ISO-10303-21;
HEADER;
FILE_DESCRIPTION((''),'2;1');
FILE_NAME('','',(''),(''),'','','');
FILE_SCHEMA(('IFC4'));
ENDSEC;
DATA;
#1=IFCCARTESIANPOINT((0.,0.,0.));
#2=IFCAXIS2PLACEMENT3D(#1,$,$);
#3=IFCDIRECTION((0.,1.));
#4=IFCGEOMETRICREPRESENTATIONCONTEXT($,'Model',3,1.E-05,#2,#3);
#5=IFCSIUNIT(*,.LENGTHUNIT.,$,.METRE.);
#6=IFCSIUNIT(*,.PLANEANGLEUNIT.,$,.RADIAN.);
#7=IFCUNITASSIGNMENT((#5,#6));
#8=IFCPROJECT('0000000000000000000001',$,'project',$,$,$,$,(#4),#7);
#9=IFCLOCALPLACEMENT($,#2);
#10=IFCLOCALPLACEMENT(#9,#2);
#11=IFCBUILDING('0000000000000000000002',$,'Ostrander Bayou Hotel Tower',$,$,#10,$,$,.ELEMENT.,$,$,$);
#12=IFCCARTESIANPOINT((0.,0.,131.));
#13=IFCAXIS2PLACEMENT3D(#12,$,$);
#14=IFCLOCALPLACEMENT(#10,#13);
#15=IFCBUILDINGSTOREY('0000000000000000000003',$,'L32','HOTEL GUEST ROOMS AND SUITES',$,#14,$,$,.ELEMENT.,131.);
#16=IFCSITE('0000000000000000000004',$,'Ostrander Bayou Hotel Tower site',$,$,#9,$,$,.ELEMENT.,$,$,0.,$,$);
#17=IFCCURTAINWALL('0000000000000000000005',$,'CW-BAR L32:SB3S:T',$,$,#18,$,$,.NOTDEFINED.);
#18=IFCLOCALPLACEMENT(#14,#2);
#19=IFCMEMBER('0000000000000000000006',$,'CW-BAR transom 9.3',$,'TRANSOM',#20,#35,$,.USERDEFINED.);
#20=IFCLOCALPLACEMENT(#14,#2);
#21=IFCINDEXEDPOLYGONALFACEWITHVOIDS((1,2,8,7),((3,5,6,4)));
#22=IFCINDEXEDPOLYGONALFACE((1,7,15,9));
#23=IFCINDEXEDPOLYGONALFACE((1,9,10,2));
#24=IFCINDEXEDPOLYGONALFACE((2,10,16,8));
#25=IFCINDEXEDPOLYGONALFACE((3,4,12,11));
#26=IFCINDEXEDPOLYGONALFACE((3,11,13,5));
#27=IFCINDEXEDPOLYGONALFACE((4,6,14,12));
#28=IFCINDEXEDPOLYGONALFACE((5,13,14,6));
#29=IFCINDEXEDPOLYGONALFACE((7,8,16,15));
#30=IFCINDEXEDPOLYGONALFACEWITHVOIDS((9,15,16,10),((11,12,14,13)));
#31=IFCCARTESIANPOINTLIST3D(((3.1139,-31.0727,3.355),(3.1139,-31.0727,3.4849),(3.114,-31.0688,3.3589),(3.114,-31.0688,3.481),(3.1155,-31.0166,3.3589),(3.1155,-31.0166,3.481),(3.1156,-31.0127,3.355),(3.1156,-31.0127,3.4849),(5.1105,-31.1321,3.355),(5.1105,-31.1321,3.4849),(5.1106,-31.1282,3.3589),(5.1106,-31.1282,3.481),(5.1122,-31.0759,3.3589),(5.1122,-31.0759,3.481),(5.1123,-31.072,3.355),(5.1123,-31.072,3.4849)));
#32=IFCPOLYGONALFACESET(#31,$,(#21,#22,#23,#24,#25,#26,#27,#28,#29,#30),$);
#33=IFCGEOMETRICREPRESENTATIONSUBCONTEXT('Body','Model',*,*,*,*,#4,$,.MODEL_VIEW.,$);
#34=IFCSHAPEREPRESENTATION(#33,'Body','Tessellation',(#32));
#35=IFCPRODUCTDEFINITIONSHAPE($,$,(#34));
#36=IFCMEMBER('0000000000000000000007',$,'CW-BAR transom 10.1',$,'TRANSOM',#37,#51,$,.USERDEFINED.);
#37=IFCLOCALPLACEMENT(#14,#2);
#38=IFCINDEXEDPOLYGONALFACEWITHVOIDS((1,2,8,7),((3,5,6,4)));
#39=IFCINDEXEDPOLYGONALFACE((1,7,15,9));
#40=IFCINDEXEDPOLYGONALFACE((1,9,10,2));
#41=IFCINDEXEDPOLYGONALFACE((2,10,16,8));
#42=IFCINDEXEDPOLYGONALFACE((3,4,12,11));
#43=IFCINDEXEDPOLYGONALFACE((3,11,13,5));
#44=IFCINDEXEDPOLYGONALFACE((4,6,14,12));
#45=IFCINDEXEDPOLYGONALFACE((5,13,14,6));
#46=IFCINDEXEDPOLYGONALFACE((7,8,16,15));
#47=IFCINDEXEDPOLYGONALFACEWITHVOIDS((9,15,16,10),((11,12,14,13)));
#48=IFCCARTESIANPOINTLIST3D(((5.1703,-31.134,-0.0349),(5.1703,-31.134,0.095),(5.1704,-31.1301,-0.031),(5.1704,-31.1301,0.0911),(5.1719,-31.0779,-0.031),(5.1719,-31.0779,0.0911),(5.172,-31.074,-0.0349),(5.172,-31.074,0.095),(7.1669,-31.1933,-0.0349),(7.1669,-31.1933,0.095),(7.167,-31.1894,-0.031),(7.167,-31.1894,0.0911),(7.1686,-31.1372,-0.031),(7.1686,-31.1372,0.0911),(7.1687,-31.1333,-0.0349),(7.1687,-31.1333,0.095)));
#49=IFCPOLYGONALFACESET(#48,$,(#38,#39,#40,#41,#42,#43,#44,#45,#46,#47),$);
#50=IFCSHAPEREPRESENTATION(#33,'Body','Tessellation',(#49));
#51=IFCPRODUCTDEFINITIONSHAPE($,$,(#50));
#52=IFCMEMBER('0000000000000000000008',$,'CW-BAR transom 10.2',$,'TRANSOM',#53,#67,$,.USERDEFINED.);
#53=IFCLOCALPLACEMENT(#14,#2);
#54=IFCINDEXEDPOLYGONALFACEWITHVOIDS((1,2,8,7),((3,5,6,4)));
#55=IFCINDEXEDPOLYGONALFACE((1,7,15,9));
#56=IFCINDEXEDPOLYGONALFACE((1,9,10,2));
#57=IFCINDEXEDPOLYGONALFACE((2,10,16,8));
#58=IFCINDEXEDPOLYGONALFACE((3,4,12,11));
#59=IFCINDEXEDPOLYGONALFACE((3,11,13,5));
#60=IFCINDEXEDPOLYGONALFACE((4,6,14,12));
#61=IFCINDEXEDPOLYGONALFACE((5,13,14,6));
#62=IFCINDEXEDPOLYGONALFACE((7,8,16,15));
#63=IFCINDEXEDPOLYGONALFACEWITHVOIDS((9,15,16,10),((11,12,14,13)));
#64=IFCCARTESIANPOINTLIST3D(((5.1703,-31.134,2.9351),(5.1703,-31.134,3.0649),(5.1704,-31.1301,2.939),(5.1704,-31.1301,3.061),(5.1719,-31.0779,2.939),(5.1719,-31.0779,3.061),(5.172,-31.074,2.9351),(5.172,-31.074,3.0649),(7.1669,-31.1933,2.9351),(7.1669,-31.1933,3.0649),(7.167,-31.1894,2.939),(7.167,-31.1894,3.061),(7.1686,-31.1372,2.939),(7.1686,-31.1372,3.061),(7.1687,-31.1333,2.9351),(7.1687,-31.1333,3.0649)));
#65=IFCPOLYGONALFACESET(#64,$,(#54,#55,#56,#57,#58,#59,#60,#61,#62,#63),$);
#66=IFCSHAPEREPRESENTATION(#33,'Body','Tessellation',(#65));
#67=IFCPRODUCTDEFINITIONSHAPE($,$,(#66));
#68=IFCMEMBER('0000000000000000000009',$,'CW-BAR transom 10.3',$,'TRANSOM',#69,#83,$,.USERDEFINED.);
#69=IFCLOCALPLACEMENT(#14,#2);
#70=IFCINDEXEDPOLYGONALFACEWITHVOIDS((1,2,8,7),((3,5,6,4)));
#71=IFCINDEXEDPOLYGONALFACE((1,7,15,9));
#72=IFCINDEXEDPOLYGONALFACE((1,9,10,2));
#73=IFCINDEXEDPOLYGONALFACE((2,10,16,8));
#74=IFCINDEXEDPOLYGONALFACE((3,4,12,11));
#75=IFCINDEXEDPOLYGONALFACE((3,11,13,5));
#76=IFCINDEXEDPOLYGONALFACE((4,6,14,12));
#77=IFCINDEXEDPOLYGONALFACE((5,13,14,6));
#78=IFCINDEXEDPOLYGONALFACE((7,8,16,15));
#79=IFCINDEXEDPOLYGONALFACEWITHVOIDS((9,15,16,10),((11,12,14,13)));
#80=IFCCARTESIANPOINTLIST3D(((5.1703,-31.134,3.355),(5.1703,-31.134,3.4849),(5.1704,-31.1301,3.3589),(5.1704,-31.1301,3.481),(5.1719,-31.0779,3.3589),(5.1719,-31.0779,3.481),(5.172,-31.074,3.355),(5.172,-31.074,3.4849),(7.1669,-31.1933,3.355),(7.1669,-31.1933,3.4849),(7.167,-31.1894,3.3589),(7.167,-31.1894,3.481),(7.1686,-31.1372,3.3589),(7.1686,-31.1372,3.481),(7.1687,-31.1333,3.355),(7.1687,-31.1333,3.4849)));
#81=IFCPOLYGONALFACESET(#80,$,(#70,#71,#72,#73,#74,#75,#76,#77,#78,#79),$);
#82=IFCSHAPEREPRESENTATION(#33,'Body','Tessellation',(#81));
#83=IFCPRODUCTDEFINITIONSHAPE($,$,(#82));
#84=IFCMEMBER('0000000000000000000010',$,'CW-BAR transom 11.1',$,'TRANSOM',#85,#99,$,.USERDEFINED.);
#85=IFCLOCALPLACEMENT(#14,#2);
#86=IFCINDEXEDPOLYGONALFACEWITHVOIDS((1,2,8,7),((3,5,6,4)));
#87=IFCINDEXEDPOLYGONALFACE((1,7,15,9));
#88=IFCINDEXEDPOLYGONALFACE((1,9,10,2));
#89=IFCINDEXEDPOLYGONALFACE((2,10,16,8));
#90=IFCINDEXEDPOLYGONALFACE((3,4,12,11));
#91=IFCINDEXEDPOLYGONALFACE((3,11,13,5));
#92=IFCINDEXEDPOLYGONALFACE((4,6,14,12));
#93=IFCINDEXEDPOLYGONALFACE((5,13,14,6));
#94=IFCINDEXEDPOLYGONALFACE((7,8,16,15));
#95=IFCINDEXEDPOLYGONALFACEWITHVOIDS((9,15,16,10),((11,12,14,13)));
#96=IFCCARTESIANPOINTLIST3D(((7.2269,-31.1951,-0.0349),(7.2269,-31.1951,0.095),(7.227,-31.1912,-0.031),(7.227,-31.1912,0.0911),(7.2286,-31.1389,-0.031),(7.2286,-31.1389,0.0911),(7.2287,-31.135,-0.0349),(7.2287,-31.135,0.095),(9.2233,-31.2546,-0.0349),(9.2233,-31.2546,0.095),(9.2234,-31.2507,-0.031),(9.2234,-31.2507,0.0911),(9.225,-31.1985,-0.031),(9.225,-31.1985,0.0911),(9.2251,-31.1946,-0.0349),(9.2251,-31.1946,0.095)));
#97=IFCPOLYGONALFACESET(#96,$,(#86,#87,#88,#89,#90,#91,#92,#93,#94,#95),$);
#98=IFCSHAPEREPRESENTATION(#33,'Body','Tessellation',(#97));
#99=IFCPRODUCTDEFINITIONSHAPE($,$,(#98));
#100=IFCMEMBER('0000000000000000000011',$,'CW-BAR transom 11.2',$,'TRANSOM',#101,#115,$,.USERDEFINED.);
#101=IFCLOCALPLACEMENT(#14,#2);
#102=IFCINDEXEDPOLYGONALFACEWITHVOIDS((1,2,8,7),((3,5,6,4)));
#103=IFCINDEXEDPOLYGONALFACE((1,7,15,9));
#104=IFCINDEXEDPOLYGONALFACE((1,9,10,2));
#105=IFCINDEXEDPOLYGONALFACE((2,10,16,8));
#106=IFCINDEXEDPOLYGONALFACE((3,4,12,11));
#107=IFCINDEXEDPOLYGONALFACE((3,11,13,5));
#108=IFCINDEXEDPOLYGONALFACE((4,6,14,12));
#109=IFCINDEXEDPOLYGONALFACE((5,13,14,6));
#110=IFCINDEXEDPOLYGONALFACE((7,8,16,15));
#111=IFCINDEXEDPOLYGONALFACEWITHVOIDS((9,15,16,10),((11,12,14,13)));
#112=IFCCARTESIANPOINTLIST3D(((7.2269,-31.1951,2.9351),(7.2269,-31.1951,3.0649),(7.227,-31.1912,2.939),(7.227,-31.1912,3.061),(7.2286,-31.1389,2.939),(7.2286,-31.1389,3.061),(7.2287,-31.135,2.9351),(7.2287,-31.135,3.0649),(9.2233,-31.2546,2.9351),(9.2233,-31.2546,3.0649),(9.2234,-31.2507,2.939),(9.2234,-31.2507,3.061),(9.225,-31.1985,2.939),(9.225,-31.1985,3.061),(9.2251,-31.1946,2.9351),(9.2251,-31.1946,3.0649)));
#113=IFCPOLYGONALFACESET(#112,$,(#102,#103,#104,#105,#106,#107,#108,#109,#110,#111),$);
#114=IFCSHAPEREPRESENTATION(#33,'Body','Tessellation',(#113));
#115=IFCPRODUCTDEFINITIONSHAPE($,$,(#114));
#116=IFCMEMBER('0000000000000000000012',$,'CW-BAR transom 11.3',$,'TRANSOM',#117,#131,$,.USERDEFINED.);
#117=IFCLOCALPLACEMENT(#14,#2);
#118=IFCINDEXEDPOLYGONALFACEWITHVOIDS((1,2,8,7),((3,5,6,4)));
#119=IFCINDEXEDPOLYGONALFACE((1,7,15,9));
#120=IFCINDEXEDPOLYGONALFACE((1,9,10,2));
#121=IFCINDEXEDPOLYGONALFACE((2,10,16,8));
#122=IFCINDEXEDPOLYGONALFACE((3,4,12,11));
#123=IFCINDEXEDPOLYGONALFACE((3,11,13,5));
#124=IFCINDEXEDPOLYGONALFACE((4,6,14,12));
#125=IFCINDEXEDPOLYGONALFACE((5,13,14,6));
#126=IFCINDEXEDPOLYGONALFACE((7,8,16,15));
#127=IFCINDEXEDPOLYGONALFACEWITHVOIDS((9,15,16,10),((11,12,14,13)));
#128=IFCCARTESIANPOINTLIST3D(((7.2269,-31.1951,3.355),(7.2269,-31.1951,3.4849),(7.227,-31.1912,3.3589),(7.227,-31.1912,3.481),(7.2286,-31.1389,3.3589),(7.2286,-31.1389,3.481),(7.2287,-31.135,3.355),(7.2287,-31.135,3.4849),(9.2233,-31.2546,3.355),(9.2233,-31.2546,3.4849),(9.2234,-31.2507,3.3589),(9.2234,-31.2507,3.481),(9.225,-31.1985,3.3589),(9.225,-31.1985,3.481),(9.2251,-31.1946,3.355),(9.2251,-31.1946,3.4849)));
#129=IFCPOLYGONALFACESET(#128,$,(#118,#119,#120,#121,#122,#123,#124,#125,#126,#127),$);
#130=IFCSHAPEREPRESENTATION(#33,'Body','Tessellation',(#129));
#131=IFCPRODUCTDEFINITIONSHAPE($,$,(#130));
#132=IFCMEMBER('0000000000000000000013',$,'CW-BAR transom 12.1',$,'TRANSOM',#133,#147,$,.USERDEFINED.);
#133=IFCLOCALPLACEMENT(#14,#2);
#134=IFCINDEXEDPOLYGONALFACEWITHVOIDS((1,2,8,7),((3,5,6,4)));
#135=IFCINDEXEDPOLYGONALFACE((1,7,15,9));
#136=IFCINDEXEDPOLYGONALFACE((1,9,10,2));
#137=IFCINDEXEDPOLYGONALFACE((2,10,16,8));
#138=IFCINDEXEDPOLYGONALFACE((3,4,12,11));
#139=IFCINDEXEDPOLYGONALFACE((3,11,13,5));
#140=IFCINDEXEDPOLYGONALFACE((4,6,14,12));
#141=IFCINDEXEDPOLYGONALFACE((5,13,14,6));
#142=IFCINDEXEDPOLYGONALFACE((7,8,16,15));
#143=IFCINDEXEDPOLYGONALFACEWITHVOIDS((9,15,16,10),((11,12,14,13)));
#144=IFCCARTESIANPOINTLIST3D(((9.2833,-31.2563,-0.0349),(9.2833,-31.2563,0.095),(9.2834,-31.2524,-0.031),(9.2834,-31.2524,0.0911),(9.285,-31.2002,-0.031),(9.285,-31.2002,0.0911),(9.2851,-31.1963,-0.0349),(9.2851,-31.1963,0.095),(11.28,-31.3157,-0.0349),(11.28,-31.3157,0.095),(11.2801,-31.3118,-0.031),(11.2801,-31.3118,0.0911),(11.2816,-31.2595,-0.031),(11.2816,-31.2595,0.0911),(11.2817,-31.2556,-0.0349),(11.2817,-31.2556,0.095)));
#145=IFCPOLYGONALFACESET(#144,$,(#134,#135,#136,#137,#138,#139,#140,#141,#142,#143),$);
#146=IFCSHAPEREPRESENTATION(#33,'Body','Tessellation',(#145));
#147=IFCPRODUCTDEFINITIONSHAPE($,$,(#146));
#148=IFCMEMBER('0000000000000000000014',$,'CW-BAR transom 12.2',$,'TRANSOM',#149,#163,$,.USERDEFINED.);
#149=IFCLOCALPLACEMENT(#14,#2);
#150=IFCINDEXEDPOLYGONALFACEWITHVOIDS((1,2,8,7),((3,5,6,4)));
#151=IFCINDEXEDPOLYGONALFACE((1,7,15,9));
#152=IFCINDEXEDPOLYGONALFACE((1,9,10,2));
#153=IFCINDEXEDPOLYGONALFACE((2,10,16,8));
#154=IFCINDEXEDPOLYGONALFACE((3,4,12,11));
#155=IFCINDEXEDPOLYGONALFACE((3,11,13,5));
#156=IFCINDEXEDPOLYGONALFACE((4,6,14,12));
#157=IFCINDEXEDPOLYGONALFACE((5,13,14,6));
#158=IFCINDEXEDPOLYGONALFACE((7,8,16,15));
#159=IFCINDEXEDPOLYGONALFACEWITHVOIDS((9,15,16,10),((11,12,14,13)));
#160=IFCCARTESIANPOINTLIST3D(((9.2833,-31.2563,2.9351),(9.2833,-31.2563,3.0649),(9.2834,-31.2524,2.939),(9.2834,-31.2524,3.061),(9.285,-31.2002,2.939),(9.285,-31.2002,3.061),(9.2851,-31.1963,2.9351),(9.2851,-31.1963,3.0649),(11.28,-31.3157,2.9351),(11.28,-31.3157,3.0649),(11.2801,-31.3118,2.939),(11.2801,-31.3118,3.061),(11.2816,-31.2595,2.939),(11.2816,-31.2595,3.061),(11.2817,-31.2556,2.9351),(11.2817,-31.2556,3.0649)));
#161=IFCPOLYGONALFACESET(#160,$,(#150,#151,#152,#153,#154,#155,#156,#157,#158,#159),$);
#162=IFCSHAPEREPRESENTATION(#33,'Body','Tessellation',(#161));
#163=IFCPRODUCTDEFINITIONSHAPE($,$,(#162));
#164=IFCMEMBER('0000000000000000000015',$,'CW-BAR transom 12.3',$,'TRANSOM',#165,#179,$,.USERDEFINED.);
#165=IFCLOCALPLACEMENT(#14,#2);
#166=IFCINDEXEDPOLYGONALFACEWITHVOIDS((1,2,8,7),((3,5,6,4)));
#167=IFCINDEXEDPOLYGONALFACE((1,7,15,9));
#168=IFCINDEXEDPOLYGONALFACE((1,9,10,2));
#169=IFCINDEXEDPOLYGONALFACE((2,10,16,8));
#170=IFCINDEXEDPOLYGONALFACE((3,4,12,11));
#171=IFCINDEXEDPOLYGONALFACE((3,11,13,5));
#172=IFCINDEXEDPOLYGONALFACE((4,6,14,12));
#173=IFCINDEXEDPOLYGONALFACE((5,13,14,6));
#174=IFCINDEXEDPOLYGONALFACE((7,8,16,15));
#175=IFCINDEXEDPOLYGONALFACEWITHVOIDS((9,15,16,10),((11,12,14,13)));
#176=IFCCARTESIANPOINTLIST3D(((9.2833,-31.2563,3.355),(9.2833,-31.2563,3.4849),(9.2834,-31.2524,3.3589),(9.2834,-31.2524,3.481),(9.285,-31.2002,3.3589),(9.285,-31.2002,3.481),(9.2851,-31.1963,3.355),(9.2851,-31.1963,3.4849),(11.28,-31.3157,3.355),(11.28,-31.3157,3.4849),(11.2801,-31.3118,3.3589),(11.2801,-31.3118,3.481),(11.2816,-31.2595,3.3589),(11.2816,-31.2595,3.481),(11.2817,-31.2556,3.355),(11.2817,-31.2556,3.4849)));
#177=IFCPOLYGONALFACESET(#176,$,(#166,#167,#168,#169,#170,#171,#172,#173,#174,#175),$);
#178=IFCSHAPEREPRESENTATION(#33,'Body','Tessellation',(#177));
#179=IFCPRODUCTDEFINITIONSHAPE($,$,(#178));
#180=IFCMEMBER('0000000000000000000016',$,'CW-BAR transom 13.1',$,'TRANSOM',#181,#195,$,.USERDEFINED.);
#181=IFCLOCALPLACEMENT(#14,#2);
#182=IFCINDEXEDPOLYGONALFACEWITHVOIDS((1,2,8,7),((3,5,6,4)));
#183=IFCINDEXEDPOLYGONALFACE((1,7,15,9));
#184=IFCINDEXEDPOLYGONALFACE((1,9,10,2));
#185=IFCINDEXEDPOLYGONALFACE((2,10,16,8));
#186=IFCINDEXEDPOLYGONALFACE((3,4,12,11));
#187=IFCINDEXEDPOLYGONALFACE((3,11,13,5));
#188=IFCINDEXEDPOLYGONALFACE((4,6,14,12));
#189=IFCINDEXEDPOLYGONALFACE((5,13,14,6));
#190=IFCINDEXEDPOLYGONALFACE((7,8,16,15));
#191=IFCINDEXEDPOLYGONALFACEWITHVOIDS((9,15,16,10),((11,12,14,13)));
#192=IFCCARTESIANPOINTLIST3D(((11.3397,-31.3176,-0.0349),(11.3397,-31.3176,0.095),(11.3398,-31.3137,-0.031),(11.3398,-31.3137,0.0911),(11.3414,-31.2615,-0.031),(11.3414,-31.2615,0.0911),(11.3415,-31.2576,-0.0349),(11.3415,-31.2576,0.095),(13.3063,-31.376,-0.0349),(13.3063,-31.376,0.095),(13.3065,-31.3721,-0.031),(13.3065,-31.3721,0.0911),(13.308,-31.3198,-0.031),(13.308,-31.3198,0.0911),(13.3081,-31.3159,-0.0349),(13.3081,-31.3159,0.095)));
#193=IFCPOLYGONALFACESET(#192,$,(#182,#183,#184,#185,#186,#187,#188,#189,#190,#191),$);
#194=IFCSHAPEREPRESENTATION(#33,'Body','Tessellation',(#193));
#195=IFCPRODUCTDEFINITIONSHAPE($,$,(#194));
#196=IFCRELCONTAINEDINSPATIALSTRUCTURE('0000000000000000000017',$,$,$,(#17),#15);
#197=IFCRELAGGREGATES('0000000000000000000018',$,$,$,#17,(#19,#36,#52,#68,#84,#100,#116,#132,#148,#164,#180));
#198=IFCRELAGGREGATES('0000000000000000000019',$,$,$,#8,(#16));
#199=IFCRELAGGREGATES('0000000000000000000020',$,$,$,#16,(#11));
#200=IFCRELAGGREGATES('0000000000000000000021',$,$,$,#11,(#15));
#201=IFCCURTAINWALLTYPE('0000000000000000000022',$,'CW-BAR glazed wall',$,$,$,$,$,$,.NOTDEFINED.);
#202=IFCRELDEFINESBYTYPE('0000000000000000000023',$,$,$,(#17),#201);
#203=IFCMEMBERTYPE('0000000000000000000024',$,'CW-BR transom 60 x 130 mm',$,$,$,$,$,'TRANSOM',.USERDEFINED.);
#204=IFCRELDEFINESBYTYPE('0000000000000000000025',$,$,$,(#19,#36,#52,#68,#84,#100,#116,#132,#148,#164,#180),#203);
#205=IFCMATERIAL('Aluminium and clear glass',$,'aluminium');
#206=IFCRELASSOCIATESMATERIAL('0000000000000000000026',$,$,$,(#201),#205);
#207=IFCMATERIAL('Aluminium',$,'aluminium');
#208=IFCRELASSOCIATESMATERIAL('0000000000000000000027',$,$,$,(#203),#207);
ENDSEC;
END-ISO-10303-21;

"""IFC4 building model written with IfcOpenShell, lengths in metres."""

from ifc_helpers import new_model, si_unit, direction, frame, origin, origin_2d, place, context, subcontext, project, spatial, hollow_rectangle, extrude, material, material_profile, profile_set, type_object, element, aggregate, save


model = new_model("IFC4")

# Units and contexts
model_context = context("Model", 3, precision=1e-05, world=origin(), true_north=direction((0.0, 1.0)))
body_context = subcontext(model_context, "Body", "Model", "MODEL_VIEW")
ifc_project = project(units=[si_unit("LENGTHUNIT", "METRE"), si_unit("PLANEANGLEUNIT", "RADIAN")], contexts=[model_context])

# Site, building, storey
site_placement = place(None, origin())
site = spatial("IfcSite", under=ifc_project, at=site_placement, Name="Ostrander Bayou Hotel Tower site", CompositionType="ELEMENT", RefElevation=0.0)
building_placement = place(site_placement, origin())
building = spatial("IfcBuilding", under=site, at=building_placement, Name="Ostrander Bayou Hotel Tower", CompositionType="ELEMENT")
storey_placement = place(building_placement, frame((0.0, 0.0, 131.0)))
storey = spatial("IfcBuildingStorey", under=building, at=storey_placement, Name="L32", Description="HOTEL GUEST ROOMS AND SUITES", CompositionType="ELEMENT", Elevation=131.0)

# Curtain wall, members
ifc_material_1 = material(Name="Aluminium and clear glass", Category="aluminium")
curtain_wall_type = type_object("IfcCurtainWallType", Name="CW-BAR glazed wall", PredefinedType="NOTDEFINED", material=ifc_material_1)
curtain_wall_placement = place(storey_placement, origin())
curtain_wall = element("IfcCurtainWall", 1, at=curtain_wall_placement, inside=storey, type_object=curtain_wall_type, Name="CW-BAR L32:SB3S:T", PredefinedType="NOTDEFINED")
ifc_material_2 = material(Name="Aluminium", Category="aluminium")
ifc_material_profile_1 = material_profile(ifc_material_2, hollow_rectangle(XDim=0.0601, YDim=0.1299, WallThickness=0.0039, at=origin_2d()))
ifc_profile_set_1 = profile_set([ifc_material_profile_1], Name="Aluminium")
member_type_1 = type_object("IfcMemberType", Name="CW-BR transom 60 x 130 mm", ElementType="TRANSOM", PredefinedType="USERDEFINED", material=ifc_profile_set_1)
member_1_placement = place(storey_placement, frame((3.1147, -31.0427, 3.4199), z_axis=(0.999559, -0.029701, 0.0), x_axis=(0.029701, 0.999559, 0.0)))
member_1 = element("IfcMember", 2, at=member_1_placement, type_object=member_type_1, Name="CW-BAR transom 9.3", ObjectType="TRANSOM", PredefinedType="USERDEFINED", context=body_context, shape_type="SweptSolid", body=[
    extrude(hollow_rectangle(XDim=0.0601, YDim=0.1299, WallThickness=0.0039, at=origin_2d()), origin(), (0.0, 0.0, 1.0), 1.9976),
])
member_2_placement = place(storey_placement, frame((5.1711, -31.104, 0.03), z_axis=(0.999559, -0.029701, 0.0), x_axis=(0.029701, 0.999559, 0.0)))
member_2 = element("IfcMember", 3, at=member_2_placement, type_object=member_type_1, Name="CW-BAR transom 10.1", ObjectType="TRANSOM", PredefinedType="USERDEFINED", context=body_context, shape_type="SweptSolid", body=[
    extrude(hollow_rectangle(XDim=0.0601, YDim=0.1299, WallThickness=0.0039, at=origin_2d()), origin(), (0.0, 0.0, 1.0), 1.9976),
])
member_3_placement = place(storey_placement, frame((5.1711, -31.104, 3.0), z_axis=(0.999559, -0.029701, 0.0), x_axis=(0.029701, 0.999559, 0.0)))
member_3 = element("IfcMember", 4, at=member_3_placement, type_object=member_type_1, Name="CW-BAR transom 10.2", ObjectType="TRANSOM", PredefinedType="USERDEFINED", context=body_context, shape_type="SweptSolid", body=[
    extrude(hollow_rectangle(XDim=0.0601, YDim=0.1299, WallThickness=0.0039, at=origin_2d()), origin(), (0.0, 0.0, 1.0), 1.9976),
])
member_4_placement = place(storey_placement, frame((5.1711, -31.104, 3.4199), z_axis=(0.999559, -0.029701, 0.0), x_axis=(0.029701, 0.999559, 0.0)))
member_4 = element("IfcMember", 5, at=member_4_placement, type_object=member_type_1, Name="CW-BAR transom 10.3", ObjectType="TRANSOM", PredefinedType="USERDEFINED", context=body_context, shape_type="SweptSolid", body=[
    extrude(hollow_rectangle(XDim=0.0601, YDim=0.1299, WallThickness=0.0039, at=origin_2d()), origin(), (0.0, 0.0, 1.0), 1.9976),
])
member_5_placement = place(storey_placement, frame((7.2278, -31.165, 0.03), z_axis=(0.999555, -0.029827, 0.0), x_axis=(0.029827, 0.999555, 0.0)))
member_5 = element("IfcMember", 6, at=member_5_placement, type_object=member_type_1, Name="CW-BAR transom 11.1", ObjectType="TRANSOM", PredefinedType="USERDEFINED", context=body_context, shape_type="SweptSolid", body=[
    extrude(hollow_rectangle(XDim=0.0601, YDim=0.1299, WallThickness=0.0039, at=origin_2d()), origin(), (0.0, 0.0, 1.0), 1.9973),
])
member_6_placement = place(storey_placement, frame((7.2278, -31.165, 3.0), z_axis=(0.999555, -0.029827, 0.0), x_axis=(0.029827, 0.999555, 0.0)))
member_6 = element("IfcMember", 7, at=member_6_placement, type_object=member_type_1, Name="CW-BAR transom 11.2", ObjectType="TRANSOM", PredefinedType="USERDEFINED", context=body_context, shape_type="SweptSolid", body=[
    extrude(hollow_rectangle(XDim=0.0601, YDim=0.1299, WallThickness=0.0039, at=origin_2d()), origin(), (0.0, 0.0, 1.0), 1.9973),
])
member_7_placement = place(storey_placement, frame((7.2278, -31.165, 3.4199), z_axis=(0.999555, -0.029827, 0.0), x_axis=(0.029827, 0.999555, 0.0)))
member_7 = element("IfcMember", 8, at=member_7_placement, type_object=member_type_1, Name="CW-BAR transom 11.3", ObjectType="TRANSOM", PredefinedType="USERDEFINED", context=body_context, shape_type="SweptSolid", body=[
    extrude(hollow_rectangle(XDim=0.0601, YDim=0.1299, WallThickness=0.0039, at=origin_2d()), origin(), (0.0, 0.0, 1.0), 1.9973),
])
member_8_placement = place(storey_placement, frame((9.2842, -31.2263, 0.03), z_axis=(0.999559, -0.029701, 0.0), x_axis=(0.029701, 0.999559, 0.0)))
member_8 = element("IfcMember", 9, at=member_8_placement, type_object=member_type_1, Name="CW-BAR transom 12.1", ObjectType="TRANSOM", PredefinedType="USERDEFINED", context=body_context, shape_type="SweptSolid", body=[
    extrude(hollow_rectangle(XDim=0.0601, YDim=0.1299, WallThickness=0.0039, at=origin_2d()), origin(), (0.0, 0.0, 1.0), 1.9976),
])
member_9_placement = place(storey_placement, frame((9.2842, -31.2263, 3.0), z_axis=(0.999559, -0.029701, 0.0), x_axis=(0.029701, 0.999559, 0.0)))
member_9 = element("IfcMember", 10, at=member_9_placement, type_object=member_type_1, Name="CW-BAR transom 12.2", ObjectType="TRANSOM", PredefinedType="USERDEFINED", context=body_context, shape_type="SweptSolid", body=[
    extrude(hollow_rectangle(XDim=0.0601, YDim=0.1299, WallThickness=0.0039, at=origin_2d()), origin(), (0.0, 0.0, 1.0), 1.9976),
])
member_10_placement = place(storey_placement, frame((9.2842, -31.2263, 3.4199), z_axis=(0.999559, -0.029701, 0.0), x_axis=(0.029701, 0.999559, 0.0)))
member_10 = element("IfcMember", 11, at=member_10_placement, type_object=member_type_1, Name="CW-BAR transom 12.3", ObjectType="TRANSOM", PredefinedType="USERDEFINED", context=body_context, shape_type="SweptSolid", body=[
    extrude(hollow_rectangle(XDim=0.0601, YDim=0.1299, WallThickness=0.0039, at=origin_2d()), origin(), (0.0, 0.0, 1.0), 1.9976),
])
member_11_placement = place(storey_placement, frame((11.3406, -31.2876, 0.03), z_axis=(0.99956, -0.029658, 0.0), x_axis=(0.029658, 0.99956, 0.0)))
member_11 = element("IfcMember", 12, at=member_11_placement, type_object=member_type_1, Name="CW-BAR transom 13.1", ObjectType="TRANSOM", PredefinedType="USERDEFINED", context=body_context, shape_type="SweptSolid", body=[
    extrude(hollow_rectangle(XDim=0.0601, YDim=0.1299, WallThickness=0.0039, at=origin_2d()), origin(), (0.0, 0.0, 1.0), 1.9675),
])
aggregate(curtain_wall, [member_1, member_2, member_3, member_4, member_5, member_6, member_7, member_8, member_9, member_10, member_11])

save(model, "model.ifc")
